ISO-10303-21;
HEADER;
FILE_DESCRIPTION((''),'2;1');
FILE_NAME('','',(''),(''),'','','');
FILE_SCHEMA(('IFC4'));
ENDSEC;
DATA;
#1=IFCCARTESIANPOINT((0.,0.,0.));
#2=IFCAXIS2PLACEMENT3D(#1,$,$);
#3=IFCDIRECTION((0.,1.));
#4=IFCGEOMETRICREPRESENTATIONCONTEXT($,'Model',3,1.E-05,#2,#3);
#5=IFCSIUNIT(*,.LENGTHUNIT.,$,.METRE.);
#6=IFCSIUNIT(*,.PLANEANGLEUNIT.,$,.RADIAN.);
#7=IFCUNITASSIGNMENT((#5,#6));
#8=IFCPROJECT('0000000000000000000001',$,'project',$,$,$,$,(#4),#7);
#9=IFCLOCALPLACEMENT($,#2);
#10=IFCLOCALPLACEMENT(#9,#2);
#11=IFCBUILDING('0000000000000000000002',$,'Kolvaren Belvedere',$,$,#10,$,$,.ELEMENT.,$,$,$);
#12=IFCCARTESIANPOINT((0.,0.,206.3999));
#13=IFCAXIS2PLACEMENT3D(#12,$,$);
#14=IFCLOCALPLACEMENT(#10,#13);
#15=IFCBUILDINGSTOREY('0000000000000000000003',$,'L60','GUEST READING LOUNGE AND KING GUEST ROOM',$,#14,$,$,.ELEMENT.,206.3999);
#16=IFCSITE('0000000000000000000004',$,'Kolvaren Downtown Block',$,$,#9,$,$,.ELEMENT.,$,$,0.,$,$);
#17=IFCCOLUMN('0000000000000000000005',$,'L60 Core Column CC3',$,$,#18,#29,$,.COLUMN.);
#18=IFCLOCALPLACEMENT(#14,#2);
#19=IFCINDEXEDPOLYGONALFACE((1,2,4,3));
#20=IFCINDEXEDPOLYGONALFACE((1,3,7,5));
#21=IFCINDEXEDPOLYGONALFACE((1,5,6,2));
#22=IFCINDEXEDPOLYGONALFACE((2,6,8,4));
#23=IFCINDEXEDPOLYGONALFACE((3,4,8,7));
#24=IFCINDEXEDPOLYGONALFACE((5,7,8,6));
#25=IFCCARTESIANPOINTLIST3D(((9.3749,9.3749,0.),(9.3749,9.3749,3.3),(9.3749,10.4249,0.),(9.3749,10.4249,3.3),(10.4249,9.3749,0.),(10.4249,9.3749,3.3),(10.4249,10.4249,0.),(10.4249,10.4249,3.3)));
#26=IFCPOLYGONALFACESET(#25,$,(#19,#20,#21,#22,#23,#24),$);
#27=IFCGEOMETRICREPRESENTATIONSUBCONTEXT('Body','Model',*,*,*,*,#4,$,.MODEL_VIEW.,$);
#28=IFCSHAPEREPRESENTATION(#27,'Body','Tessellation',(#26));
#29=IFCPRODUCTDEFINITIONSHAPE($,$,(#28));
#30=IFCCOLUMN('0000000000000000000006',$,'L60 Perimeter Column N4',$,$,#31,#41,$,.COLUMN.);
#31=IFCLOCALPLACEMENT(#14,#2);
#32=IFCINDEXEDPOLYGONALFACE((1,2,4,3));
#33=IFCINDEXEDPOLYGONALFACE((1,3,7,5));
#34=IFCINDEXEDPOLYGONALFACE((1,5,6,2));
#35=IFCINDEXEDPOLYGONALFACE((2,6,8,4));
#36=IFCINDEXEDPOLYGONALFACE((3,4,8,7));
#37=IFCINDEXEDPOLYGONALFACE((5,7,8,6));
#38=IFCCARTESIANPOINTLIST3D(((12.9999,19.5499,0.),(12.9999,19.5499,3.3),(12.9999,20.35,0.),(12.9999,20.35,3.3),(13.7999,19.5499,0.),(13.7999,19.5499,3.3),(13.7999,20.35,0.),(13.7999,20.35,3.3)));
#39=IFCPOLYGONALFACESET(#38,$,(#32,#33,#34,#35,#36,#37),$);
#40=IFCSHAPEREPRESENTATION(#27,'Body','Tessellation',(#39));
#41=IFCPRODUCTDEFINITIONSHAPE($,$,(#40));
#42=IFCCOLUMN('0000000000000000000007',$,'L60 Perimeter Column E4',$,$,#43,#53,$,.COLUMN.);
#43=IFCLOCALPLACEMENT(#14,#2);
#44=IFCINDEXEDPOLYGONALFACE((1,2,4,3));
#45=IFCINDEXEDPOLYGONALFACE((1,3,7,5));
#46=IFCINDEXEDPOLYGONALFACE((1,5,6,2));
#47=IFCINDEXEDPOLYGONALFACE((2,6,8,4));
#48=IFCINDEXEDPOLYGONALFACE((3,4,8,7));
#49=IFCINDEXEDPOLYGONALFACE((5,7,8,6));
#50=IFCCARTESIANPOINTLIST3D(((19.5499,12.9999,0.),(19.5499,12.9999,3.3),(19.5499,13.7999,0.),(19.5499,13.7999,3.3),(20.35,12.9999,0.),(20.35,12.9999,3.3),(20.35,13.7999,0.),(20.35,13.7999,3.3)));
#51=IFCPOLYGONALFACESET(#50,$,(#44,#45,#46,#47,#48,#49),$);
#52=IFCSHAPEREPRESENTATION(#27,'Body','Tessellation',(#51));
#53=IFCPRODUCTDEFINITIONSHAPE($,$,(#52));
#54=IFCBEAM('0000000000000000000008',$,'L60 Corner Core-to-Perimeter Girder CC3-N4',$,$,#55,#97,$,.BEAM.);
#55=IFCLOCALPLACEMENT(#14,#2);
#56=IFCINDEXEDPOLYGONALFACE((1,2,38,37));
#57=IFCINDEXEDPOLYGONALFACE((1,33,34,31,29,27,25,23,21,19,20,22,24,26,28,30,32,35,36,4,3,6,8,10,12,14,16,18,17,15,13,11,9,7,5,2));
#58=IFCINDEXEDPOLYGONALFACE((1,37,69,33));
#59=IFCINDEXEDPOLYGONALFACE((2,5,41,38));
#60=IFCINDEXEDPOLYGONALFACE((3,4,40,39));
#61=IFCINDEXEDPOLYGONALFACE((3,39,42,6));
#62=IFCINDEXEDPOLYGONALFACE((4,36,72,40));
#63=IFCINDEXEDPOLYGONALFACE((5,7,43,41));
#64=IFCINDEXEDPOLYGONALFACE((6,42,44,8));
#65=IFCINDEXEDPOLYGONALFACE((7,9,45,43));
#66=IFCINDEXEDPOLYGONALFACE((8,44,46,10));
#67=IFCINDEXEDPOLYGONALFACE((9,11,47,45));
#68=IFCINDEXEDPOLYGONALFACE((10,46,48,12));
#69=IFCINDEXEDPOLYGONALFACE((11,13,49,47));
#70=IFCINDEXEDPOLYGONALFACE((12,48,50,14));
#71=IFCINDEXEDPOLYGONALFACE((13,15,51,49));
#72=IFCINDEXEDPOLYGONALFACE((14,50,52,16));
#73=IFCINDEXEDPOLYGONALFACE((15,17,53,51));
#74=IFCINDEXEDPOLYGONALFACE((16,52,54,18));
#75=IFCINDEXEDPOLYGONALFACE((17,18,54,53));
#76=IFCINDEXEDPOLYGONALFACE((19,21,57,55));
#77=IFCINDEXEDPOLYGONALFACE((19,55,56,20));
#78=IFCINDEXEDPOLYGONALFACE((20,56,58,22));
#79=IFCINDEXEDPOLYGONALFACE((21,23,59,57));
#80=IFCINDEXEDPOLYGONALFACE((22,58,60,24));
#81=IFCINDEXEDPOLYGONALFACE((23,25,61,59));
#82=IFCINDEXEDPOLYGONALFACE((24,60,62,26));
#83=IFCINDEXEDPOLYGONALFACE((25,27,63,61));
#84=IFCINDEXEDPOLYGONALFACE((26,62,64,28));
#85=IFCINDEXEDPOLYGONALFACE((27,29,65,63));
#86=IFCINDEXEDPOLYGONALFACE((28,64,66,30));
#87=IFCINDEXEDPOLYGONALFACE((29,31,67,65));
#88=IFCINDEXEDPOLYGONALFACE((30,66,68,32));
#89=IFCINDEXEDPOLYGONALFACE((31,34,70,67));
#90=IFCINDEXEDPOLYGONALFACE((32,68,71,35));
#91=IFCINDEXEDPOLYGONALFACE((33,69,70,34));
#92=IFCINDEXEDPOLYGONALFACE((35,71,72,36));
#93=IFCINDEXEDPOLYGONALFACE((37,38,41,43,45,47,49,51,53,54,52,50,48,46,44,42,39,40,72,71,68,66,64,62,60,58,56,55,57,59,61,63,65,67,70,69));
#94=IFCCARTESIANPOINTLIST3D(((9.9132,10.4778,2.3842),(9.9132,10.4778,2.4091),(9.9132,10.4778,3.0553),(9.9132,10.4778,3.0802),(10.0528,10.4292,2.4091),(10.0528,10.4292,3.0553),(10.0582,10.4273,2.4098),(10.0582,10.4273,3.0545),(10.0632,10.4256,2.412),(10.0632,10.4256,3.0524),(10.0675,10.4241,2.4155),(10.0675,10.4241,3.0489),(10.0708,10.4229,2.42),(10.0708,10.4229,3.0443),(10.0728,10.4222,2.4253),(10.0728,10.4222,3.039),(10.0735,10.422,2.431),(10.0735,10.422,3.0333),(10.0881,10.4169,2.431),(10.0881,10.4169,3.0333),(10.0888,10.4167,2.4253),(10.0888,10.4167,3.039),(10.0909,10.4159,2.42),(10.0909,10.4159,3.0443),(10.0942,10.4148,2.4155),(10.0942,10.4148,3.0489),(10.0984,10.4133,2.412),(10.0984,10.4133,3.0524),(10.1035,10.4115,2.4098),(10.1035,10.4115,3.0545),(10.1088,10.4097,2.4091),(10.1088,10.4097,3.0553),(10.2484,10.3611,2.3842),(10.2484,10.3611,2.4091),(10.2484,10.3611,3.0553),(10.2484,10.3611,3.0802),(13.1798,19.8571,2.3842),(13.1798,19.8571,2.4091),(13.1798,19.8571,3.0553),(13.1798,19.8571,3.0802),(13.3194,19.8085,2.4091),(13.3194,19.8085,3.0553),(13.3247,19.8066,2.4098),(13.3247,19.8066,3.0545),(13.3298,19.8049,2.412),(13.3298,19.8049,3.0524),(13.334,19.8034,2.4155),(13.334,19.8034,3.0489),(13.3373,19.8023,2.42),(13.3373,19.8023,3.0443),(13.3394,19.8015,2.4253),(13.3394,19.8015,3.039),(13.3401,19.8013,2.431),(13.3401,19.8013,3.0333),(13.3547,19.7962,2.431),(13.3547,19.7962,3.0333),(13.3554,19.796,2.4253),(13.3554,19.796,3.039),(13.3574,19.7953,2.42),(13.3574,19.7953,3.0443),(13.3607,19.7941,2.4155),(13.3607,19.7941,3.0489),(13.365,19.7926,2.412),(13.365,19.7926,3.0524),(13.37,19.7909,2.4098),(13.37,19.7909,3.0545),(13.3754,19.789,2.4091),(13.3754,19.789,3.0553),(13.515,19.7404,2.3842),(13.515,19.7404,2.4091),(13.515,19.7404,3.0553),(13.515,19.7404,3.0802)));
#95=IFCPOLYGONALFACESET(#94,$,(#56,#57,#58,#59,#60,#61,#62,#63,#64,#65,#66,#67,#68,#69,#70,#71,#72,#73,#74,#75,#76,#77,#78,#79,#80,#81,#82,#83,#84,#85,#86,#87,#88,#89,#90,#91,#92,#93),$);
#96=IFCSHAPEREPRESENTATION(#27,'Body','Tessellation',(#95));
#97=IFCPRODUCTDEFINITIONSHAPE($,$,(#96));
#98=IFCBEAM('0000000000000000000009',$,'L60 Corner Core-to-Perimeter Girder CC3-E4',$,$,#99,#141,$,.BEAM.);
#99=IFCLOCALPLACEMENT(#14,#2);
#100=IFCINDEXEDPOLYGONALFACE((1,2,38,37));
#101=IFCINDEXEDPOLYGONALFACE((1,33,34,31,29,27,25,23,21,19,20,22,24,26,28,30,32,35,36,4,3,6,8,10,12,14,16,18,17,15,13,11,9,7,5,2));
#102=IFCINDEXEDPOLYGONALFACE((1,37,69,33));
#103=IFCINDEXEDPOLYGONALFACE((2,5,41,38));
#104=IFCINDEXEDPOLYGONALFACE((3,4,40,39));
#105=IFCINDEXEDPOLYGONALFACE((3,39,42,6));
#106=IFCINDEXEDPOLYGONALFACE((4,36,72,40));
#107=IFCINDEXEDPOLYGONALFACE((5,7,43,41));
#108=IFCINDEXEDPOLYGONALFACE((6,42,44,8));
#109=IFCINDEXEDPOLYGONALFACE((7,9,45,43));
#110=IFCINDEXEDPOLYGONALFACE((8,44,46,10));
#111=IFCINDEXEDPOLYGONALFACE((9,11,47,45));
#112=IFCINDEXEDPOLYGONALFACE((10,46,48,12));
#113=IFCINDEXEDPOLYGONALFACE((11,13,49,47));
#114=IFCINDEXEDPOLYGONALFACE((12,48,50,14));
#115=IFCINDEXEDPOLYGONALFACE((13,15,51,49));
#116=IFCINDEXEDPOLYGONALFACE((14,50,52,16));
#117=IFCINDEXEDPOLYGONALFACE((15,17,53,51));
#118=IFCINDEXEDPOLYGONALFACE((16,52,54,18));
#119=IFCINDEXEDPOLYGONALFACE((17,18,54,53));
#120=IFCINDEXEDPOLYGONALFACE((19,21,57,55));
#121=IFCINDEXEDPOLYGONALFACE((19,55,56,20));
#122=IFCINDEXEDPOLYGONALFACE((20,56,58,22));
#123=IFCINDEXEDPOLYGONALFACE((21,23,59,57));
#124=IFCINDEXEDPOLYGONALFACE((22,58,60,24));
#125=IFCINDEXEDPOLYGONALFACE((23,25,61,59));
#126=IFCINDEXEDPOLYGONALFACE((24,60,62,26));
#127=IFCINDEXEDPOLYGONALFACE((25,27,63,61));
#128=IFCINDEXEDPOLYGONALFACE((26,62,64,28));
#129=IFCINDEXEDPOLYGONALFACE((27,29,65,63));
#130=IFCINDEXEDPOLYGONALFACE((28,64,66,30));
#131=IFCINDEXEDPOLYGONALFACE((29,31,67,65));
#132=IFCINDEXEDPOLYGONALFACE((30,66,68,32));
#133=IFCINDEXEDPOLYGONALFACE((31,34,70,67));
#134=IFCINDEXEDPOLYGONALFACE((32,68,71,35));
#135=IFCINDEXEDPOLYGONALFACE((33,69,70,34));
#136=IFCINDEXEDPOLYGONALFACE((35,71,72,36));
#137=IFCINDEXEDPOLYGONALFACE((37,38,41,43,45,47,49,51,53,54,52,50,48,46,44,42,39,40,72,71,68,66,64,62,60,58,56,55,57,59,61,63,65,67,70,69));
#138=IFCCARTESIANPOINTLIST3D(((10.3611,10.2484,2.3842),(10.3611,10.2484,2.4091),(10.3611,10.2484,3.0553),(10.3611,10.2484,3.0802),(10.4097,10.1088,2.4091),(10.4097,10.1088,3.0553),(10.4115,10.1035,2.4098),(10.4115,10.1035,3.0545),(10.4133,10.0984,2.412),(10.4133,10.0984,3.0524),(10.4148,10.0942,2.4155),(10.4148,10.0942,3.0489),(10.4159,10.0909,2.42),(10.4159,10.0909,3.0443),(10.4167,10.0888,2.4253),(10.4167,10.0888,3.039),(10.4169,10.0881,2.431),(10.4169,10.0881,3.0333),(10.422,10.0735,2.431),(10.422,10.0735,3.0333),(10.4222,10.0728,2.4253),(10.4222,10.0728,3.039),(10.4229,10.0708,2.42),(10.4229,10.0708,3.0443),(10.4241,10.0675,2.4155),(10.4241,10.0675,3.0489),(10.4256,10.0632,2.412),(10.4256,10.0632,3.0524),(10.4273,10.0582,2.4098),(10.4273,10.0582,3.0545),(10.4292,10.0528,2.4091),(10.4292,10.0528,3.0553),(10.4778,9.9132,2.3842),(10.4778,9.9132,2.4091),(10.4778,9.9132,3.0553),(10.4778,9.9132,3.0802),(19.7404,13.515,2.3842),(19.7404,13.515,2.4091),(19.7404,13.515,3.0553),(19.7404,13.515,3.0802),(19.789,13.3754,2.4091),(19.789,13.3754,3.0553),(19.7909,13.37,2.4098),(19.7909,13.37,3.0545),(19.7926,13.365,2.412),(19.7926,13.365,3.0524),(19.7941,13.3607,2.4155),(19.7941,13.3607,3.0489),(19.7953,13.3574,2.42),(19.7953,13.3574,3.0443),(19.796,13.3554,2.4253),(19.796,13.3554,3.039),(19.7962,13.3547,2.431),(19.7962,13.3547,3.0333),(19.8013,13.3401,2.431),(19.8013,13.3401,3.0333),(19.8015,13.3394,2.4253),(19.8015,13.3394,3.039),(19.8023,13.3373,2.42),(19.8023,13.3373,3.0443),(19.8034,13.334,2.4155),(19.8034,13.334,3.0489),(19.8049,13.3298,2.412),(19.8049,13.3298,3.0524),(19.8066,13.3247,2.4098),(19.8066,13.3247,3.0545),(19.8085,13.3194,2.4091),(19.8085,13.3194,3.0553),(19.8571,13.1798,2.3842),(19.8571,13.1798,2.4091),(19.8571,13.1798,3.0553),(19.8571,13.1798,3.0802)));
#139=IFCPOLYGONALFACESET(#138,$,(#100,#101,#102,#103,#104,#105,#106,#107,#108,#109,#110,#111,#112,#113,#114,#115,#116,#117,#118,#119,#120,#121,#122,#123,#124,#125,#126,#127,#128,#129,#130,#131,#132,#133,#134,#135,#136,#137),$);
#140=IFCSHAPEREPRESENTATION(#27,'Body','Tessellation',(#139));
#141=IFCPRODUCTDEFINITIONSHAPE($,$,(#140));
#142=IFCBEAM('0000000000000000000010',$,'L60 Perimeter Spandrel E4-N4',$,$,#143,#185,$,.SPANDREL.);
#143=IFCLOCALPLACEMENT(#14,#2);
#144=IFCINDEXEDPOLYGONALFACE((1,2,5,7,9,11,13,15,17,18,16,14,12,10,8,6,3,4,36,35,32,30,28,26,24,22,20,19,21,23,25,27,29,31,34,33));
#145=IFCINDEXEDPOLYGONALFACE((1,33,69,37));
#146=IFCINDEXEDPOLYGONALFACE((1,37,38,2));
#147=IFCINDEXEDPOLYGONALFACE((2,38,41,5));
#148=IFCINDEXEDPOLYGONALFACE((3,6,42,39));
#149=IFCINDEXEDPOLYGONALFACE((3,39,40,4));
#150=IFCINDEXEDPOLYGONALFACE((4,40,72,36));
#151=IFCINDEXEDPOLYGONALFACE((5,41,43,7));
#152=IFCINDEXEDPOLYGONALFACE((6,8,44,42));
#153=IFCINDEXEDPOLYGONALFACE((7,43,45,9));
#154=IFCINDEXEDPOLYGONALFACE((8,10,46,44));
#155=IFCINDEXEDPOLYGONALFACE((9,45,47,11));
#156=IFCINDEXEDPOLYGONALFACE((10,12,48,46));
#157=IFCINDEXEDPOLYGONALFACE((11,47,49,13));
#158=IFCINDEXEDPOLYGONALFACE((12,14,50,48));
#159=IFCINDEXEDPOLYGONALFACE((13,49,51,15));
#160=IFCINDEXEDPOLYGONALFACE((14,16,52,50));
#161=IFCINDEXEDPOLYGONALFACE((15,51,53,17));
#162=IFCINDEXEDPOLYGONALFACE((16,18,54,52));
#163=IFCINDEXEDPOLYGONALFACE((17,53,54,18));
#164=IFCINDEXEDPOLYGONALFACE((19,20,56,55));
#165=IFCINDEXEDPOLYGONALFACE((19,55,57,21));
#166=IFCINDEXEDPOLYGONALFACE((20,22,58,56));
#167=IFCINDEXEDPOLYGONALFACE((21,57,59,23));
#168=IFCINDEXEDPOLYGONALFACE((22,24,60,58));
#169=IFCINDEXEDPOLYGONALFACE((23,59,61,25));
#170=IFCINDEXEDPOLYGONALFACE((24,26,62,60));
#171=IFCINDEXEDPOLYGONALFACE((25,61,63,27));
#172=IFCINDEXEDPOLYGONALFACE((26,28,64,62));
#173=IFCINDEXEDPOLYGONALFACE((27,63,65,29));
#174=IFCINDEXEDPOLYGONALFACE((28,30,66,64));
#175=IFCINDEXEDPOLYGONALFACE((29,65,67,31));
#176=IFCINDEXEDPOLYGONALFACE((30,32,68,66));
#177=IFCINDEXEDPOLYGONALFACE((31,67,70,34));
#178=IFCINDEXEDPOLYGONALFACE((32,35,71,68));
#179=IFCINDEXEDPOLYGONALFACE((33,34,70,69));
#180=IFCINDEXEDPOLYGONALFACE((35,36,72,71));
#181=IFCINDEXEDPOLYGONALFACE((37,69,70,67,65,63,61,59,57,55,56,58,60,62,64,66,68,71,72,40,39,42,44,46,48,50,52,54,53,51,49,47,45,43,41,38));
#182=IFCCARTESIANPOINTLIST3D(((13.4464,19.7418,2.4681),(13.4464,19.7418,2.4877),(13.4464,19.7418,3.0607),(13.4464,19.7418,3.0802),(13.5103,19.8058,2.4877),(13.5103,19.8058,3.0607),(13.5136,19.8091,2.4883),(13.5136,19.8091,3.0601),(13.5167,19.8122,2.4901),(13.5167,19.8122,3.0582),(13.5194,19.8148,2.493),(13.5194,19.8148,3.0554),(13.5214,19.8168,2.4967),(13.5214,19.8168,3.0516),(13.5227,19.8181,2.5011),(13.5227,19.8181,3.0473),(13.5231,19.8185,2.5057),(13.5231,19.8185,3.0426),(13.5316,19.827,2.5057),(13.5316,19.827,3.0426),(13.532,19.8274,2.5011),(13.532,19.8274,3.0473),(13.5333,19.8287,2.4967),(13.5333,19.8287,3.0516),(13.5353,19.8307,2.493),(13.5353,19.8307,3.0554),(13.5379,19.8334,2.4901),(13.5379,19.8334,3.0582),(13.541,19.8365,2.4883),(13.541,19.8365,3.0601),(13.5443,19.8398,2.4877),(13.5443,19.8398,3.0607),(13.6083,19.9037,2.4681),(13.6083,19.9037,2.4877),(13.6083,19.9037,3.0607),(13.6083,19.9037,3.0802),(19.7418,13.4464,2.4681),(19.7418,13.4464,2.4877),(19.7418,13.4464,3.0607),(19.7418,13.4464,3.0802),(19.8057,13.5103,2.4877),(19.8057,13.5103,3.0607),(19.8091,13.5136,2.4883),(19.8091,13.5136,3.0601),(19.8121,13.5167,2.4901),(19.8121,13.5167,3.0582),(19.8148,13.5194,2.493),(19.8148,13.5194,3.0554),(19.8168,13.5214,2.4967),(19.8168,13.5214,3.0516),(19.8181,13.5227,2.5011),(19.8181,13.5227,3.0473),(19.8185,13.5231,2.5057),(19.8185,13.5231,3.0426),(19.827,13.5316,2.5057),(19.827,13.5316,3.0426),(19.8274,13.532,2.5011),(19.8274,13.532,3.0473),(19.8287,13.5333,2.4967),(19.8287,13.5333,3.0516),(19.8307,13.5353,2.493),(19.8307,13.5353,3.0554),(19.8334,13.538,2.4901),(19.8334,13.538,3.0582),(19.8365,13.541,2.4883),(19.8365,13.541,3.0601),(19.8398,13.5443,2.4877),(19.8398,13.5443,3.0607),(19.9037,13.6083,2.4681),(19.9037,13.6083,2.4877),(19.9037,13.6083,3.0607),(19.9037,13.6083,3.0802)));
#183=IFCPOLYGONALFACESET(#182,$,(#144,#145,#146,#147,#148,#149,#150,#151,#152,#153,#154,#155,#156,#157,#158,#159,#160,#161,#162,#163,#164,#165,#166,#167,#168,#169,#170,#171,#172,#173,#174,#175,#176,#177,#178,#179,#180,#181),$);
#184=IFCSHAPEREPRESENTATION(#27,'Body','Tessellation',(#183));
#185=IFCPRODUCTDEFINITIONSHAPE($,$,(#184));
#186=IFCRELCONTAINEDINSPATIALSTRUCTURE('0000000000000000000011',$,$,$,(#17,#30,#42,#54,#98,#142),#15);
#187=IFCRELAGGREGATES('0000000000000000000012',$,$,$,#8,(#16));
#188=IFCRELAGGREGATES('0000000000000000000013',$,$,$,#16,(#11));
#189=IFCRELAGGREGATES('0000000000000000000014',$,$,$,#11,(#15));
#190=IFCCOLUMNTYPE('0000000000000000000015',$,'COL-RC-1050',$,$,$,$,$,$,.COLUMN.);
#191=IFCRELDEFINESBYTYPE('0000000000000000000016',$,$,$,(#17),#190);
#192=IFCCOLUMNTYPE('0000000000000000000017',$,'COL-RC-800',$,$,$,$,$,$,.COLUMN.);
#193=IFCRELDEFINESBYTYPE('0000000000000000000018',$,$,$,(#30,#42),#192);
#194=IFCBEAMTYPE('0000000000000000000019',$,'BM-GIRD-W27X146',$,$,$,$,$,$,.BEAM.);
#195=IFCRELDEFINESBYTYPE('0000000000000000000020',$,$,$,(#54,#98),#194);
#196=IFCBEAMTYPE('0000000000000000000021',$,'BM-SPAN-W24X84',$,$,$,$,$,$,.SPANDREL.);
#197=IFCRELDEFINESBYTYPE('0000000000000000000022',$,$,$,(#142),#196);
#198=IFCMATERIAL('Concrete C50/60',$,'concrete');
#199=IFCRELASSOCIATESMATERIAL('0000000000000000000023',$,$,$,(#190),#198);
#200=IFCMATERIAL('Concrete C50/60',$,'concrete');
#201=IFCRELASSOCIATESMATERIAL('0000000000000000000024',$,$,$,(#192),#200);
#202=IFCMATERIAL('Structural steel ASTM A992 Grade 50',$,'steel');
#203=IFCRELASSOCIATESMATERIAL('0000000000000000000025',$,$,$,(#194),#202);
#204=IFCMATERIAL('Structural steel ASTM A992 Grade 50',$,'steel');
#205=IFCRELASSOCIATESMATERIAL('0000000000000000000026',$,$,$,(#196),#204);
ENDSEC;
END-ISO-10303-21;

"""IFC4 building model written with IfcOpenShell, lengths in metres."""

from ifc_helpers import new_model, si_unit, direction, frame, origin, origin_2d, place, context, subcontext, project, spatial, rectangle, i_section, extrude, material, material_profile, profile_set, type_object, element, save


model = new_model("IFC4")

# Units and contexts
model_context = context("Model", 3, precision=1e-05, world=origin(), true_north=direction((0.0, 1.0)))
body_context = subcontext(model_context, "Body", "Model", "MODEL_VIEW")
ifc_project = project(units=[si_unit("LENGTHUNIT", "METRE"), si_unit("PLANEANGLEUNIT", "RADIAN")], contexts=[model_context])

# Site, building, storey
site_placement = place(None, origin())
site = spatial("IfcSite", under=ifc_project, at=site_placement, Name="Kolvaren Downtown Block", CompositionType="ELEMENT", RefElevation=0.0)
building_placement = place(site_placement, origin())
building = spatial("IfcBuilding", under=site, at=building_placement, Name="Kolvaren Belvedere", CompositionType="ELEMENT")
storey_placement = place(building_placement, frame((0.0, 0.0, 206.3999)))
storey = spatial("IfcBuildingStorey", under=building, at=storey_placement, Name="L60", Description="GUEST READING LOUNGE AND KING GUEST ROOM", CompositionType="ELEMENT", Elevation=206.3999)

# Columns
ifc_material_1 = material(Name="Concrete C50/60", Category="concrete")
ifc_material_profile_1 = material_profile(ifc_material_1, rectangle(XDim=1.05, YDim=1.05, at=origin_2d()), Name="RC 1050X1050")
ifc_profile_set_1 = profile_set([ifc_material_profile_1], Name="Concrete C50/60")
column_type_1 = type_object("IfcColumnType", Name="COL-RC-1050", PredefinedType="COLUMN", material=ifc_profile_set_1)
column_placement = place(storey_placement, frame((9.8999, 9.8999, 0.0), z_axis=(0.0, 0.0, 1.0), x_axis=(1.0, 0.0, 0.0)))
element("IfcColumn", 1, at=column_placement, inside=storey, type_object=column_type_1, Name="L60 Core Column CC3", PredefinedType="COLUMN", context=body_context, shape_type="SweptSolid", body=[
    extrude(rectangle(XDim=1.05, YDim=1.05, at=origin_2d()), origin(), (0.0, 0.0, 1.0), 3.3),
])
ifc_material_2 = material(Name="Concrete C50/60", Category="concrete")
ifc_material_profile_2 = material_profile(ifc_material_2, rectangle(XDim=0.8, YDim=0.8, at=origin_2d()), Name="RC 800X800")
ifc_profile_set_2 = profile_set([ifc_material_profile_2], Name="Concrete C50/60")
column_type_2 = type_object("IfcColumnType", Name="COL-RC-800", PredefinedType="COLUMN", material=ifc_profile_set_2)
for number, where, z_axis, x_axis, name in (
    (2, (13.3999, 19.95, 0.0), (0.0, 0.0, 1.0), (1.0, 0.0, 0.0), "L60 Perimeter Column N4"),
    (3, (19.95, 13.3999, 0.0), (0.0, 0.0, 1.0), (1.0, 0.0, 0.0), "L60 Perimeter Column E4"),
):
    element("IfcColumn", number, at=place(storey_placement, frame(where, z_axis=z_axis, x_axis=x_axis)), inside=storey, type_object=column_type_2, Name=name, PredefinedType="COLUMN", context=body_context, shape_type="SweptSolid", body=[
        extrude(rectangle(XDim=0.8, YDim=0.8, at=origin_2d()), origin(), (0.0, 0.0, 1.0), 3.3),
    ])

# Beams
ifc_material_3 = material(Name="Structural steel ASTM A992 Grade 50", Category="steel")
ifc_material_profile_3 = material_profile(ifc_material_3, i_section(OverallWidth=0.355, OverallDepth=0.696, WebThickness=0.0154, FlangeThickness=0.0249, FilletRadius=0.022, at=origin_2d()), Name="W27X146")
ifc_profile_set_3 = profile_set([ifc_material_profile_3], Name="Structural steel ASTM A992 Grade 50")
beam_type_1 = type_object("IfcBeamType", Name="BM-GIRD-W27X146", PredefinedType="BEAM", material=ifc_profile_set_3)
for number, where, z_axis, x_axis, name in (
    (4, (10.0808, 10.4194, 2.7322), (0.328898, 0.944365, 0.0), (-0.944365, 0.328898, 0.0), "L60 Corner Core-to-Perimeter Girder CC3-N4"),
    (5, (10.4194, 10.0808, 2.7322), (0.944365, 0.328898, 0.0), (-0.328898, 0.944365, 0.0), "L60 Corner Core-to-Perimeter Girder CC3-E4"),
):
    element("IfcBeam", number, at=place(storey_placement, frame(where, z_axis=z_axis, x_axis=x_axis)), inside=storey, type_object=beam_type_1, Name=name, PredefinedType="BEAM", context=body_context, shape_type="SweptSolid", body=[
        extrude(i_section(OverallWidth=0.355, OverallDepth=0.696, WebThickness=0.0154, FlangeThickness=0.0249, FilletRadius=0.022, at=origin_2d()), origin(), (0.0, 0.0, 1.0), 9.9319),
    ])
ifc_material_4 = material(Name="Structural steel ASTM A992 Grade 50", Category="steel")
ifc_material_profile_4 = material_profile(ifc_material_4, i_section(OverallWidth=0.229, OverallDepth=0.6121, WebThickness=0.012, FlangeThickness=0.0195, FilletRadius=0.0181, at=origin_2d()), Name="W24X84")
ifc_profile_set_4 = profile_set([ifc_material_profile_4], Name="Structural steel ASTM A992 Grade 50")
beam_type_2 = type_object("IfcBeamType", Name="BM-SPAN-W24X84", PredefinedType="SPANDREL", material=ifc_profile_set_4)
beam_1_placement = place(storey_placement, frame((19.8228, 13.5273, 2.7742), z_axis=(-0.707107, 0.707107, 0.0), x_axis=(-0.707107, -0.707107, 0.0)))
element("IfcBeam", 6, at=beam_1_placement, inside=storey, type_object=beam_type_2, Name="L60 Perimeter Spandrel E4-N4", PredefinedType="SPANDREL", context=body_context, shape_type="SweptSolid", body=[
    extrude(i_section(OverallWidth=0.229, OverallDepth=0.6121, WebThickness=0.012, FlangeThickness=0.0195, FilletRadius=0.0181, at=origin_2d()), origin(), (0.0, 0.0, 1.0), 8.9031),
])

save(model, "model.ifc")
